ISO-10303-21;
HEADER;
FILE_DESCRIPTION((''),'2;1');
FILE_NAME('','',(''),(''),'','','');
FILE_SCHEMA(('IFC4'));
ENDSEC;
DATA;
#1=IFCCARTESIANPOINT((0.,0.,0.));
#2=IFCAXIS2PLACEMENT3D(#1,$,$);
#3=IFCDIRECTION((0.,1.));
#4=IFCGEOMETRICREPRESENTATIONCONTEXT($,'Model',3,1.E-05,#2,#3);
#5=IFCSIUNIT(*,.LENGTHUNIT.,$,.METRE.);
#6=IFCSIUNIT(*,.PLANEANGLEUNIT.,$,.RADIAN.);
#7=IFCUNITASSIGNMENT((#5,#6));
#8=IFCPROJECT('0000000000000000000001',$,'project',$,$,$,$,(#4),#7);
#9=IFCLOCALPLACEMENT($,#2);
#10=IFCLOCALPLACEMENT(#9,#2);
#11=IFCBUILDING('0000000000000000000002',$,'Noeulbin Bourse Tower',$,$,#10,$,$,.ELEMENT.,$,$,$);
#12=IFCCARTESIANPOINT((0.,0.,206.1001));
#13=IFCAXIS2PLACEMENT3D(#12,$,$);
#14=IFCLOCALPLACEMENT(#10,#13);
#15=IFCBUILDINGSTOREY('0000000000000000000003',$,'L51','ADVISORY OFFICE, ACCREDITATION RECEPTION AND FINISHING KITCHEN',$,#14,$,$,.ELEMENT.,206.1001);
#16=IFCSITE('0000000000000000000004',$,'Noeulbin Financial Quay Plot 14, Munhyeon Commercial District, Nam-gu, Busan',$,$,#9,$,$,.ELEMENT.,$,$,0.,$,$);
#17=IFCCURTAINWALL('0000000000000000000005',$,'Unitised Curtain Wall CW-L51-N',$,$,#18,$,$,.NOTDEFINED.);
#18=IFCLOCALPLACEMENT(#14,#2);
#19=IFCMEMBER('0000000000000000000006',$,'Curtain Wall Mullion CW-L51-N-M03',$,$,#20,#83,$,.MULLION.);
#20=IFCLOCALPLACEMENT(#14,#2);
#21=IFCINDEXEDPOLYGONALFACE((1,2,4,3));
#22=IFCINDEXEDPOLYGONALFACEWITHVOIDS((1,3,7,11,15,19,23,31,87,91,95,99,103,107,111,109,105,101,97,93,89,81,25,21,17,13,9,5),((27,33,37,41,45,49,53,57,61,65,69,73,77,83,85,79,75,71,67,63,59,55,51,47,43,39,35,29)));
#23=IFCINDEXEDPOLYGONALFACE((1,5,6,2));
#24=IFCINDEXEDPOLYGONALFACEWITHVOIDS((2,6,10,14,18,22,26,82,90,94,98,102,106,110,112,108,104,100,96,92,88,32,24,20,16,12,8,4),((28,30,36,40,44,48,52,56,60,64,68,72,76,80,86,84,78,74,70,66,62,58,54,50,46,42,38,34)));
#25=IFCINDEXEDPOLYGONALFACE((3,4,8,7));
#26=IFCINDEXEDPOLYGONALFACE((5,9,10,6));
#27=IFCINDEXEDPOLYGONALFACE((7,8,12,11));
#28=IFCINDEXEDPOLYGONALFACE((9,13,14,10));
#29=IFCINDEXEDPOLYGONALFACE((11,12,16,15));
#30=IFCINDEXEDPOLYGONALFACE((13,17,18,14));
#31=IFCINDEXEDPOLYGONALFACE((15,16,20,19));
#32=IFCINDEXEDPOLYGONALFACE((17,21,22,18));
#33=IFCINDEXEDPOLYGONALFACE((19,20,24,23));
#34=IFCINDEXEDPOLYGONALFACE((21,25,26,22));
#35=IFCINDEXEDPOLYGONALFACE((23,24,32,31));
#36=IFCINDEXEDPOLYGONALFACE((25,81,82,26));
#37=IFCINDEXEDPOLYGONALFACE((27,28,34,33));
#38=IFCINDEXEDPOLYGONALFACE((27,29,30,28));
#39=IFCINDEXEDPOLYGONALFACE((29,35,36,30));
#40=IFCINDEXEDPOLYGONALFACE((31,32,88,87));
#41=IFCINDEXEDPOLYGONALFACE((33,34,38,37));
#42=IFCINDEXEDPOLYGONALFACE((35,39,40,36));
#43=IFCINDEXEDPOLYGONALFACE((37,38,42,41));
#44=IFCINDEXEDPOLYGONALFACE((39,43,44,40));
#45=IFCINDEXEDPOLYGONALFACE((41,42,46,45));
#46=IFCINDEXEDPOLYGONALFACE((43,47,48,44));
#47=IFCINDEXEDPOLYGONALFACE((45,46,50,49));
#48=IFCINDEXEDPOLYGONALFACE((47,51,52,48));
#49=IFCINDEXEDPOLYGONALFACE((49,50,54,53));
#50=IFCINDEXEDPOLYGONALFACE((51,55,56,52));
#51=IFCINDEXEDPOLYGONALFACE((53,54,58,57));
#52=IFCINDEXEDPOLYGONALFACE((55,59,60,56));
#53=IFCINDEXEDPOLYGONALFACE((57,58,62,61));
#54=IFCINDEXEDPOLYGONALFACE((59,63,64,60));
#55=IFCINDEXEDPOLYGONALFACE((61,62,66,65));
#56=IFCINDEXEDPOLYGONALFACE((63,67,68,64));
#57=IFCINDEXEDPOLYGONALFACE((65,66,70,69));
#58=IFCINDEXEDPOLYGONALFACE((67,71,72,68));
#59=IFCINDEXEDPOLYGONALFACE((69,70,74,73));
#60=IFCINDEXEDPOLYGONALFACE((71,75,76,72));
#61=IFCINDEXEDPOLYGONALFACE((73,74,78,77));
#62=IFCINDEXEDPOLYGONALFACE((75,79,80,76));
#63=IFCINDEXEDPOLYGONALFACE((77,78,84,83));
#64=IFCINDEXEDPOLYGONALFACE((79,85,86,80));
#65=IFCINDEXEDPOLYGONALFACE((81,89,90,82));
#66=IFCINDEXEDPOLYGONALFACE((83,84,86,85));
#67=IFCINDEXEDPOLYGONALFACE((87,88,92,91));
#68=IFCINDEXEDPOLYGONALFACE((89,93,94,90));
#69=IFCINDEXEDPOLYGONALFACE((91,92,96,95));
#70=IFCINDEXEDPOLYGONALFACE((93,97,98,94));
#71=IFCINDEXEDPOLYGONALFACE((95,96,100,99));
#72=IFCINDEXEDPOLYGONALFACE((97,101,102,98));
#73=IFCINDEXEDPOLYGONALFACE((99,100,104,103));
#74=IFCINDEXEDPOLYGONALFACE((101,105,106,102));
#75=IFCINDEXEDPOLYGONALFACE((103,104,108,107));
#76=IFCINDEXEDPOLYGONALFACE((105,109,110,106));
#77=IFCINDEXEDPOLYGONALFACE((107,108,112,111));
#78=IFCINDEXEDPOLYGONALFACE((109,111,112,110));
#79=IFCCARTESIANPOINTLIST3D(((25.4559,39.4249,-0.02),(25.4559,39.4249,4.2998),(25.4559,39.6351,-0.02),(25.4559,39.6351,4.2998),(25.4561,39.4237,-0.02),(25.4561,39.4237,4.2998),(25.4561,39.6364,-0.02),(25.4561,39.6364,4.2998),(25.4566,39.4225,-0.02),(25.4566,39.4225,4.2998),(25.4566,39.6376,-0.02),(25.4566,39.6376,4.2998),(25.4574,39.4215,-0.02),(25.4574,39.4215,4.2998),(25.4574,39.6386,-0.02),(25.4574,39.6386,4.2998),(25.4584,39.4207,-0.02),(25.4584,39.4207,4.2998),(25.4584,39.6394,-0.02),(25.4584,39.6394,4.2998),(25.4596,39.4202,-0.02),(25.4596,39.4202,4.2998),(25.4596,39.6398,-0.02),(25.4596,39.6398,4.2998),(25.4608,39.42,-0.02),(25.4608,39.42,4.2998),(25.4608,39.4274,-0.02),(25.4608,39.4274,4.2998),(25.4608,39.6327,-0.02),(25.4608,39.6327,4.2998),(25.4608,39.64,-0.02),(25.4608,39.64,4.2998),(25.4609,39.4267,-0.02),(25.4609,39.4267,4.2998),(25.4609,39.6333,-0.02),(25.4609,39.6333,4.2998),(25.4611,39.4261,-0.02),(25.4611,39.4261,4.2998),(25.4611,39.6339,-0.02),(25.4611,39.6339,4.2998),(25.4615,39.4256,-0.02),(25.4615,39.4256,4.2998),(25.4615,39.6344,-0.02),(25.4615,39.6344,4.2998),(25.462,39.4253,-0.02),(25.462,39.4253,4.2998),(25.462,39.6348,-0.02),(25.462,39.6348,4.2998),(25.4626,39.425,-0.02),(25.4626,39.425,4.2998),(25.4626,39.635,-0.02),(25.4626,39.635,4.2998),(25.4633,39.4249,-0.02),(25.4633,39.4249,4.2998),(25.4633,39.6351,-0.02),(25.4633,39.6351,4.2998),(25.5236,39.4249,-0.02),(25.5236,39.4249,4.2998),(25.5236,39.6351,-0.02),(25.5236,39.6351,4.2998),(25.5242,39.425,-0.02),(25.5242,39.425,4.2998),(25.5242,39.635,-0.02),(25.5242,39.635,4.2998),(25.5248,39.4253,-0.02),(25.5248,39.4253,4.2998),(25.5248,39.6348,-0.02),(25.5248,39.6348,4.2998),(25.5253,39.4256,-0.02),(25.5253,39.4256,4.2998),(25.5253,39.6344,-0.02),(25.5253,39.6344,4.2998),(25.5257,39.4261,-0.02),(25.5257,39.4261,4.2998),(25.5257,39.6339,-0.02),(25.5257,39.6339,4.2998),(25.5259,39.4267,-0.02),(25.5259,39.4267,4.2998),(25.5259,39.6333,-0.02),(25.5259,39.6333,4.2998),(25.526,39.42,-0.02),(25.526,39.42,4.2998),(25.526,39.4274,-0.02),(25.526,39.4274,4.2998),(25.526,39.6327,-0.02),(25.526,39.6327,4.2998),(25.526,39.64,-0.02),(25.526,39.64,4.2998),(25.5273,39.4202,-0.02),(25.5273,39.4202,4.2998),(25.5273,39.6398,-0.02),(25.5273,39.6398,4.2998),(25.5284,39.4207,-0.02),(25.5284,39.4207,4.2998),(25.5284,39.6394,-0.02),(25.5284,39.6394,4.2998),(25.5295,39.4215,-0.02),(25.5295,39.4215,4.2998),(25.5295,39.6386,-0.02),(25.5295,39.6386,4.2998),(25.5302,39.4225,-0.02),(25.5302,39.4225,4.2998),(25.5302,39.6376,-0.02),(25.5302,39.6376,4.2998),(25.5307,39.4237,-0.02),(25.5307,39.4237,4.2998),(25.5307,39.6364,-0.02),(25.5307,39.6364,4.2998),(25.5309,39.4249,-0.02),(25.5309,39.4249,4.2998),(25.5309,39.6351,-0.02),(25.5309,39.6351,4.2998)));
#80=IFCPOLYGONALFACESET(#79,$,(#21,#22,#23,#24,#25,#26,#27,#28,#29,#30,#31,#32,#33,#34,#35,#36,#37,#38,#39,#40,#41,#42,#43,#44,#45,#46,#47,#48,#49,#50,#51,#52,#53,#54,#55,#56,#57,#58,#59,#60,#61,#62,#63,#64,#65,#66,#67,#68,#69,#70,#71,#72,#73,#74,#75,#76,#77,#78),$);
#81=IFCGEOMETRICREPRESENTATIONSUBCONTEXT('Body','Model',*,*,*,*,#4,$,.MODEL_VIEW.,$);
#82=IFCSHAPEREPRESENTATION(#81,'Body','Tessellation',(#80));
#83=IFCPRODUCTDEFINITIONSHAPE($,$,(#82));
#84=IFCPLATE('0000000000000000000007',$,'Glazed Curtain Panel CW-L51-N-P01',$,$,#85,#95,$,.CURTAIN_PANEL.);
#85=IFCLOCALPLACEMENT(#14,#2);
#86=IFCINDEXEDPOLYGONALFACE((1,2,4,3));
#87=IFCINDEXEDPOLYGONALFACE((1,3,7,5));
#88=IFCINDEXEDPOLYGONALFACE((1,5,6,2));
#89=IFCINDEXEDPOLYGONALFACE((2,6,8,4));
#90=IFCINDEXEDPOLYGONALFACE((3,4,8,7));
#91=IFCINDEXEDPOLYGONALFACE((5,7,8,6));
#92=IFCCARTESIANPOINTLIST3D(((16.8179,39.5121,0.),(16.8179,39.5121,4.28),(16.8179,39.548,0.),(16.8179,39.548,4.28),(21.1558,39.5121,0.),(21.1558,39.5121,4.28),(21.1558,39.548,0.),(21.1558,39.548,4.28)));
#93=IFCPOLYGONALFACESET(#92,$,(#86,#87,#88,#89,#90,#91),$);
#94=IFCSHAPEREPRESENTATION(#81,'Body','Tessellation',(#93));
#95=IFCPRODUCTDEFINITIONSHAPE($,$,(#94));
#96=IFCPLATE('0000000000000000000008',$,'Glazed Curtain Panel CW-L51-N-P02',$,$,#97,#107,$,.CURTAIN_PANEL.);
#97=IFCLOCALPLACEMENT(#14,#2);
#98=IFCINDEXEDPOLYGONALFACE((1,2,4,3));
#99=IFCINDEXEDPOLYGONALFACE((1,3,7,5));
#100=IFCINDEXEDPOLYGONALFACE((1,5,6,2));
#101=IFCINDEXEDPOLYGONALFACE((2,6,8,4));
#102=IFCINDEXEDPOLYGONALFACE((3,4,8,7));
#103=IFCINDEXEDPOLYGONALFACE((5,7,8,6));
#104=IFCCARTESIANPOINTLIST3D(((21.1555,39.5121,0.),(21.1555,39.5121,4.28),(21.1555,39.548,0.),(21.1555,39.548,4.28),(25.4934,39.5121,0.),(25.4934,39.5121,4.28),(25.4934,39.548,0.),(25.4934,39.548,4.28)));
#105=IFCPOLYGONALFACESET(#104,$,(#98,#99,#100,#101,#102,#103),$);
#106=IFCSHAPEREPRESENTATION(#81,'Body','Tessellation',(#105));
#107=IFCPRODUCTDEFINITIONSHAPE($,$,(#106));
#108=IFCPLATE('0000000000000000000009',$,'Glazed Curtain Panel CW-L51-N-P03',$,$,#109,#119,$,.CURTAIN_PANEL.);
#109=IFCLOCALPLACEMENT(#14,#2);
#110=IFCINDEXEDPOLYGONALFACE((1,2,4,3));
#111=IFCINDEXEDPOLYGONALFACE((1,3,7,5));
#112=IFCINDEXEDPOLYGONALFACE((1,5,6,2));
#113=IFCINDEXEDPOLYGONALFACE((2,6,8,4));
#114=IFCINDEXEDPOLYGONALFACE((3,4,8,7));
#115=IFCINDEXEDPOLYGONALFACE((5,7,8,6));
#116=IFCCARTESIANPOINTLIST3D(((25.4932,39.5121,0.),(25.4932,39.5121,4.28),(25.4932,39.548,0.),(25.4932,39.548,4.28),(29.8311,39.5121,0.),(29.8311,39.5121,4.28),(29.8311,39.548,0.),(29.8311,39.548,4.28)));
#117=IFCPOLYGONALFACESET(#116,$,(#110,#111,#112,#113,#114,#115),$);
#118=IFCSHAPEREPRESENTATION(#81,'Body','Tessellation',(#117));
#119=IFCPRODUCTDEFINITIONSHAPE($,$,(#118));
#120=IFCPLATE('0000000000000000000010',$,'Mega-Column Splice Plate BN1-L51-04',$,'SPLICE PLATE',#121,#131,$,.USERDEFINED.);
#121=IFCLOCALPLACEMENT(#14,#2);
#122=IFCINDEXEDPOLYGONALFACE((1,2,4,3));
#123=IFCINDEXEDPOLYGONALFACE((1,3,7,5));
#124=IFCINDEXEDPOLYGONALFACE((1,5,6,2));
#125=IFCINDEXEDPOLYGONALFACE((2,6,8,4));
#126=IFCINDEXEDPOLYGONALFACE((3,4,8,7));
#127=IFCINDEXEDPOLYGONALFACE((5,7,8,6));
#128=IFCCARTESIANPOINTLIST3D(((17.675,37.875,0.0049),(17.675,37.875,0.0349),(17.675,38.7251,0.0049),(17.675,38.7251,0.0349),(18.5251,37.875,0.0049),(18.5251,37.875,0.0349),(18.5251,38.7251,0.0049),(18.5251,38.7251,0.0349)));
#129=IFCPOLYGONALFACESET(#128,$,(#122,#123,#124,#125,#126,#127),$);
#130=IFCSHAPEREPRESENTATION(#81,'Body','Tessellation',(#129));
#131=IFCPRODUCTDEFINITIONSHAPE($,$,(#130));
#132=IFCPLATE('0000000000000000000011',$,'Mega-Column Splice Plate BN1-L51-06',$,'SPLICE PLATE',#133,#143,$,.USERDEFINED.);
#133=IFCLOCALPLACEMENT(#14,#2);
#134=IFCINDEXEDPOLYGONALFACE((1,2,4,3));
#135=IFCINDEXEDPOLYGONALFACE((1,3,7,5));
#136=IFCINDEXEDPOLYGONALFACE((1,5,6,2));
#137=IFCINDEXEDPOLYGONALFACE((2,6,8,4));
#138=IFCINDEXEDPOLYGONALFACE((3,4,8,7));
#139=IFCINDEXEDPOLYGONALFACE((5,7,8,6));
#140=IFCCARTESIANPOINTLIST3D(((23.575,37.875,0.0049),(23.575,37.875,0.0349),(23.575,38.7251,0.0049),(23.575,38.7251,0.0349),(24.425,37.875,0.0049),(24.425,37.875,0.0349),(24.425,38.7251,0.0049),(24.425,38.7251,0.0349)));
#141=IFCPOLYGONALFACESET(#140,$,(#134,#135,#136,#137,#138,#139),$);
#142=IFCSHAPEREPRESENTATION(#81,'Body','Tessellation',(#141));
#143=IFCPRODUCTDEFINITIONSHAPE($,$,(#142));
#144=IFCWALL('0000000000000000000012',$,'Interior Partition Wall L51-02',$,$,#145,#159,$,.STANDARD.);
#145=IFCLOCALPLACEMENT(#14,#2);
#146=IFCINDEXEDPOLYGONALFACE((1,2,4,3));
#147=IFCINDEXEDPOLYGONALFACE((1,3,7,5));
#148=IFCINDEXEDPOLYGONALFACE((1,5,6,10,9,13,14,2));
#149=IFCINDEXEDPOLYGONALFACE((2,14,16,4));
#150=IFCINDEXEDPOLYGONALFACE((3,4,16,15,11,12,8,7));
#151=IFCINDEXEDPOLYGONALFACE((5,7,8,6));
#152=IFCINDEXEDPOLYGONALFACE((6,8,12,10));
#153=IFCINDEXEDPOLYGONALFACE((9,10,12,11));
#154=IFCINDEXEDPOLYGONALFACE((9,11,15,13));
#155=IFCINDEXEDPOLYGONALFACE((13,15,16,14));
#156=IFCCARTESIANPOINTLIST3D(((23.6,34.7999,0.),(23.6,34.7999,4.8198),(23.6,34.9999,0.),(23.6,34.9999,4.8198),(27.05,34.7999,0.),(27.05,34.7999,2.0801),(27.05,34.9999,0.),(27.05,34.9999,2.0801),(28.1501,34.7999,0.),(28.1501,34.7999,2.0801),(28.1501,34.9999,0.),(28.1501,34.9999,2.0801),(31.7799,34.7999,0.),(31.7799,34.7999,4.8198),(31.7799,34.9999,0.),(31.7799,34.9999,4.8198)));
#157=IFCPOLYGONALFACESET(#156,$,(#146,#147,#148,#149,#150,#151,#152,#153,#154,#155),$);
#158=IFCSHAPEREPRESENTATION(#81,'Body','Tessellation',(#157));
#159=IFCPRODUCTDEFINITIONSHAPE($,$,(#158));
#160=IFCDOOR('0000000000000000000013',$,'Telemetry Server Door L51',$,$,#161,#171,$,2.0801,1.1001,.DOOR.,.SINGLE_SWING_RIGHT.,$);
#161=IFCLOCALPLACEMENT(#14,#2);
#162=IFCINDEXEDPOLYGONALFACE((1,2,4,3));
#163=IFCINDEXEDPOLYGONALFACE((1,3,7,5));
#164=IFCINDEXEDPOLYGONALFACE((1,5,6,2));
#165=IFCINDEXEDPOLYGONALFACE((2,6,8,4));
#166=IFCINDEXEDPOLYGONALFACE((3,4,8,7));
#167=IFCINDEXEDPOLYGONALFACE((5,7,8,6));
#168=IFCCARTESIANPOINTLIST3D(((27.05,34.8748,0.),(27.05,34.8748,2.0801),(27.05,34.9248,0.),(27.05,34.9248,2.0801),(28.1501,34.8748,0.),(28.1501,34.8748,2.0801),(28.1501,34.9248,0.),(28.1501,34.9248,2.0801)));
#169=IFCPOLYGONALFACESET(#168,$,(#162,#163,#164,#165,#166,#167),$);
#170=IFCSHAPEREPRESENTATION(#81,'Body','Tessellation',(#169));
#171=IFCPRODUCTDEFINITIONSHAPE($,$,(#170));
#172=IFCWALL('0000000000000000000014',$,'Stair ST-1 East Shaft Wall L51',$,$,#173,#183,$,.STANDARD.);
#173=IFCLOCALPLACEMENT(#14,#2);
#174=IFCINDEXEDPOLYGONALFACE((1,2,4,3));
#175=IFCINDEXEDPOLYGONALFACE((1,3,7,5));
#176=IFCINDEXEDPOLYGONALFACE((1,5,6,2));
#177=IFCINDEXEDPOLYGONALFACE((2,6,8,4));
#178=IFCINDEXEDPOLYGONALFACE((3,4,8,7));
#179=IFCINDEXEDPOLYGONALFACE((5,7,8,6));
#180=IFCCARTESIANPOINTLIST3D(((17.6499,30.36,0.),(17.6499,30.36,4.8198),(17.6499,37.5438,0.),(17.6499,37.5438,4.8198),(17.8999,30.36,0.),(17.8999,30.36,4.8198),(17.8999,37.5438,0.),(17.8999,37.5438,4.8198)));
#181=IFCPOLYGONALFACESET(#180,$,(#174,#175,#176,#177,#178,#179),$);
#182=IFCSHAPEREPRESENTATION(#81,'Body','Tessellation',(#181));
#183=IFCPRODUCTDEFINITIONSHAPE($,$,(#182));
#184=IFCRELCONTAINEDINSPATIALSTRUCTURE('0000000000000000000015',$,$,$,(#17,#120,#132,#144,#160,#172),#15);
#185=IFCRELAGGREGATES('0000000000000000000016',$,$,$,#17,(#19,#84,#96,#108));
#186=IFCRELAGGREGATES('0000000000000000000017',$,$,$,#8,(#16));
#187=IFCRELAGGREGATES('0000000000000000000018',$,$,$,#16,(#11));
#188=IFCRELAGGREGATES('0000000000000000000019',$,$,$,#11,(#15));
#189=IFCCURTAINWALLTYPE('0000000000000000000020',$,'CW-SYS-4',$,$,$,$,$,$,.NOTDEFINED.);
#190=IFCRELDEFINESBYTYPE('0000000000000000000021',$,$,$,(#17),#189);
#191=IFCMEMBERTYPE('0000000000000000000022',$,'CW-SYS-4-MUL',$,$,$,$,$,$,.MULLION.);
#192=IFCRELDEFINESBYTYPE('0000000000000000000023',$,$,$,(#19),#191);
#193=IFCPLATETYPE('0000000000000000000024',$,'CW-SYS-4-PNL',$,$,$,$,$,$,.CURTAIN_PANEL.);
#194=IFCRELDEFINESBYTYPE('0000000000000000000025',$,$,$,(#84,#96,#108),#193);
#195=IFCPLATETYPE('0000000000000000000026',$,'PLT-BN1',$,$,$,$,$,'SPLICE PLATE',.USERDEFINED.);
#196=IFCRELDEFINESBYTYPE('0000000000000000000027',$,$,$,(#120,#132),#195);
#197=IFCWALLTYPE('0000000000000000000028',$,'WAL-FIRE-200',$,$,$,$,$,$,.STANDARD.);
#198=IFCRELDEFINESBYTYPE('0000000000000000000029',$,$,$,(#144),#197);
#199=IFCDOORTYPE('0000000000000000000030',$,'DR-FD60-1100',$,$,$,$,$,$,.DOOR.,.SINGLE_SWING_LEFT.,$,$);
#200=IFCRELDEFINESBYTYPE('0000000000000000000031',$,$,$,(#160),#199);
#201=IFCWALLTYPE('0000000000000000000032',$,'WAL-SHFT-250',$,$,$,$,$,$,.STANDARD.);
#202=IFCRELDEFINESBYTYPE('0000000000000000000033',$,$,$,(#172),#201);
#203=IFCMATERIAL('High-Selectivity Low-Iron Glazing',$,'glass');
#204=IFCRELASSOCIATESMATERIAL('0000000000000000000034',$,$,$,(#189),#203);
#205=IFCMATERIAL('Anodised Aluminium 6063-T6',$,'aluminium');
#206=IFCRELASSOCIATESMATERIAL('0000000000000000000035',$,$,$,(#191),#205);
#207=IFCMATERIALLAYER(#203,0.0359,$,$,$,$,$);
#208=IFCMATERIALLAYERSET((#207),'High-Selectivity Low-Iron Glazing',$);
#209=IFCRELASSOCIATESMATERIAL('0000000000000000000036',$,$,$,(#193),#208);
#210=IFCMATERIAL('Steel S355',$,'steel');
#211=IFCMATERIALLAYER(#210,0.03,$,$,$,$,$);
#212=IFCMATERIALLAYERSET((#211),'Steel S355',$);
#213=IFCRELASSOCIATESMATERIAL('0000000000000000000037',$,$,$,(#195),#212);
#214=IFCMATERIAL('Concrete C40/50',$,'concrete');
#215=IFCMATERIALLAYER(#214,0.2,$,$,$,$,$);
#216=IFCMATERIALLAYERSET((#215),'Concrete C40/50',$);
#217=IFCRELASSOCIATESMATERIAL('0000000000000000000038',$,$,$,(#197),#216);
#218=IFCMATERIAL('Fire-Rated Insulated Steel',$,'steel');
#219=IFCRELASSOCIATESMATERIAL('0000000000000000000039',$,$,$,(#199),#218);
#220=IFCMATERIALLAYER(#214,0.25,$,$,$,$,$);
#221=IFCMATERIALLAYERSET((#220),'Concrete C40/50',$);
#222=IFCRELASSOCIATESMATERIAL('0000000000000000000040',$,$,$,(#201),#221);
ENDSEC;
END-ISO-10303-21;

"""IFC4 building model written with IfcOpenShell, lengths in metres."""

from ifc_helpers import new_model, si_unit, direction, frame, frame_2d, origin, origin_2d, place, context, subcontext, project, spatial, rectangle, hollow_rectangle, extrude, material, layer, layer_set, material_profile, profile_set, type_object, element, fill, aggregate, save


model = new_model("IFC4")

# Units and contexts
model_context = context("Model", 3, precision=1e-05, world=origin(), true_north=direction((0.0, 1.0)))
body_context = subcontext(model_context, "Body", "Model", "MODEL_VIEW")
ifc_project = project(units=[si_unit("LENGTHUNIT", "METRE"), si_unit("PLANEANGLEUNIT", "RADIAN")], contexts=[model_context])

# Site, building, storey
site_placement = place(None, origin())
site = spatial("IfcSite", under=ifc_project, at=site_placement, Name="Noeulbin Financial Quay Plot 14, Munhyeon Commercial District, Nam-gu, Busan", CompositionType="ELEMENT", RefElevation=0.0)
building_placement = place(site_placement, origin())
building = spatial("IfcBuilding", under=site, at=building_placement, Name="Noeulbin Bourse Tower", CompositionType="ELEMENT")
storey_placement = place(building_placement, frame((0.0, 0.0, 206.1001)))
storey = spatial("IfcBuildingStorey", under=building, at=storey_placement, Name="L51", Description="ADVISORY OFFICE, ACCREDITATION RECEPTION AND FINISHING KITCHEN", CompositionType="ELEMENT", Elevation=206.1001)

# Shared definitions
ifc_material_1 = material(Name="Steel S355", Category="steel")

# Curtain wall, member, plates
ifc_material_2 = material(Name="High-Selectivity Low-Iron Glazing", Category="glass")
curtain_wall_type = type_object("IfcCurtainWallType", Name="CW-SYS-4", PredefinedType="NOTDEFINED", material=ifc_material_2)
curtain_wall_placement = place(storey_placement, origin())
curtain_wall = element("IfcCurtainWall", 1, at=curtain_wall_placement, inside=storey, type_object=curtain_wall_type, Name="Unitised Curtain Wall CW-L51-N", PredefinedType="NOTDEFINED")
ifc_material_3 = material(Name="Anodised Aluminium 6063-T6", Category="aluminium")
ifc_material_profile_1 = material_profile(ifc_material_3, hollow_rectangle(XDim=0.075, YDim=0.22, WallThickness=0.0049, InnerFilletRadius=0.0024, OuterFilletRadius=0.0049, at=origin_2d()), Name="ALU-MULL-75x220x5", Category="LoadBearing")
ifc_profile_set_1 = profile_set([ifc_material_profile_1], Name="Anodised Aluminium 6063-T6")
member_type = type_object("IfcMemberType", Name="CW-SYS-4-MUL", PredefinedType="MULLION", material=ifc_profile_set_1)
member_1_placement = place(storey_placement, frame((25.4934, 39.53, -0.02), z_axis=(0.0, 0.0, 1.0), x_axis=(1.0, 0.0, 0.0)))
member_1 = element("IfcMember", 2, at=member_1_placement, type_object=member_type, Name="Curtain Wall Mullion CW-L51-N-M03", PredefinedType="MULLION", context=body_context, shape_type="SweptSolid", body=[
    extrude(hollow_rectangle(XDim=0.075, YDim=0.22, WallThickness=0.0049, InnerFilletRadius=0.0024, OuterFilletRadius=0.0049, at=origin_2d()), origin(), (0.0, 0.0, 1.0), 4.3198),
])
ifc_layer_1 = layer(ifc_material_2, 0.0359)
ifc_layer_set_1 = layer_set([ifc_layer_1], Name="High-Selectivity Low-Iron Glazing")
plate_type_1 = type_object("IfcPlateType", Name="CW-SYS-4-PNL", PredefinedType="CURTAIN_PANEL", material=ifc_layer_set_1)
plate_1_placement = place(storey_placement, frame((18.9868, 39.53, 0.0), z_axis=(0.0, 0.0, 1.0), x_axis=(1.0, 0.0, 0.0)))
plate_1 = element("IfcPlate", 3, at=plate_1_placement, type_object=plate_type_1, Name="Glazed Curtain Panel CW-L51-N-P01", PredefinedType="CURTAIN_PANEL", context=body_context, shape_type="SweptSolid", body=[
    extrude(rectangle(XDim=4.3379, YDim=0.0359, at=origin_2d()), origin(), (0.0, 0.0, 1.0), 4.28),
])
plate_2_placement = place(storey_placement, frame((23.3245, 39.53, 0.0), z_axis=(0.0, 0.0, 1.0), x_axis=(1.0, 0.0, 0.0)))
plate_2 = element("IfcPlate", 4, at=plate_2_placement, type_object=plate_type_1, Name="Glazed Curtain Panel CW-L51-N-P02", PredefinedType="CURTAIN_PANEL", context=body_context, shape_type="SweptSolid", body=[
    extrude(rectangle(XDim=4.3379, YDim=0.0359, at=origin_2d()), origin(), (0.0, 0.0, 1.0), 4.28),
])
plate_3_placement = place(storey_placement, frame((27.6621, 39.53, 0.0), z_axis=(0.0, 0.0, 1.0), x_axis=(1.0, 0.0, 0.0)))
plate_3 = element("IfcPlate", 5, at=plate_3_placement, type_object=plate_type_1, Name="Glazed Curtain Panel CW-L51-N-P03", PredefinedType="CURTAIN_PANEL", context=body_context, shape_type="SweptSolid", body=[
    extrude(rectangle(XDim=4.3379, YDim=0.0359, at=origin_2d()), origin(), (0.0, 0.0, 1.0), 4.28),
])
aggregate(curtain_wall, [member_1, plate_1, plate_2, plate_3])

# Plates
ifc_layer_2 = layer(ifc_material_1, 0.03)
ifc_layer_set_2 = layer_set([ifc_layer_2], Name="Steel S355")
plate_type_2 = type_object("IfcPlateType", Name="PLT-BN1", ElementType="SPLICE PLATE", PredefinedType="USERDEFINED", material=ifc_layer_set_2)
for number, where, z_axis, x_axis, name in (
    (6, (18.1001, 38.3, 0.0049), (0.0, 0.0, 1.0), (1.0, 0.0, 0.0), "Mega-Column Splice Plate BN1-L51-04"),
    (7, (24.0, 38.3, 0.0049), (0.0, 0.0, 1.0), (1.0, 0.0, 0.0), "Mega-Column Splice Plate BN1-L51-06"),
):
    element("IfcPlate", number, at=place(storey_placement, frame(where, z_axis=z_axis, x_axis=x_axis)), inside=storey, type_object=plate_type_2, Name=name, ObjectType="SPLICE PLATE", PredefinedType="USERDEFINED", context=body_context, shape_type="SweptSolid", body=[
        extrude(rectangle(XDim=0.8501, YDim=0.8501, at=origin_2d()), origin(), (0.0, 0.0, 1.0), 0.03),
    ])

# Wall, opening, door
ifc_material_4 = material(Name="Concrete C40/50", Category="concrete")
ifc_layer_3 = layer(ifc_material_4, 0.2)
ifc_layer_set_3 = layer_set([ifc_layer_3], Name="Concrete C40/50")
wall_type_1 = type_object("IfcWallType", Name="WAL-FIRE-200", PredefinedType="STANDARD", material=ifc_layer_set_3)
wall_1_placement = place(storey_placement, frame((23.6001, 34.8999, 0.0), z_axis=(0.0, 0.0, 1.0), x_axis=(1.0, 0.0, 0.0)))
wall_1 = element("IfcWall", 8, at=wall_1_placement, inside=storey, type_object=wall_type_1, Name="Interior Partition Wall L51-02", PredefinedType="STANDARD", context=body_context, shape_type="SweptSolid", body=[
    extrude(rectangle(XDim=8.1799, YDim=0.2, at=frame_2d((4.0898, 0.0))), origin(), (0.0, 0.0, 1.0), 4.8198),
])
opening_1_placement = place(wall_1_placement, frame((3.45, 0.0, 0.0)))
opening_1 = element("IfcOpeningElement", 9, at=opening_1_placement, cuts=wall_1, PredefinedType="OPENING", context=body_context, shape_type="SweptSolid", body=[
    extrude(rectangle(XDim=1.1001, YDim=2.0801, at=frame_2d((0.55, 1.04))), frame((0.0, 0.1099, 0.0), z_axis=(0.0, -1.0, 0.0), x_axis=(1.0, 0.0, 0.0)), (0.0, 0.0, 1.0), 0.22),
])
ifc_material_5 = material(Name="Fire-Rated Insulated Steel", Category="steel")
door_type_1 = type_object("IfcDoorType", Name="DR-FD60-1100", OperationType="SINGLE_SWING_LEFT", PredefinedType="DOOR", material=ifc_material_5)
door_1_placement = place(opening_1_placement, origin())
door_1 = element("IfcDoor", 10, at=door_1_placement, inside=storey, type_object=door_type_1, Name="Telemetry Server Door L51", OperationType="SINGLE_SWING_RIGHT", OverallHeight=2.0801, OverallWidth=1.1001, PredefinedType="DOOR", context=body_context, shape_type="SweptSolid", body=[
    extrude(rectangle(XDim=1.1001, YDim=2.0801, at=frame_2d((0.55, 1.04))), frame((0.0, 0.0249, 0.0), z_axis=(0.0, -1.0, 0.0), x_axis=(1.0, 0.0, 0.0)), (0.0, 0.0, 1.0), 0.05),
])
fill(opening_1, door_1)

# Wall
ifc_layer_4 = layer(ifc_material_4, 0.25)
ifc_layer_set_4 = layer_set([ifc_layer_4], Name="Concrete C40/50")
wall_type_2 = type_object("IfcWallType", Name="WAL-SHFT-250", PredefinedType="STANDARD", material=ifc_layer_set_4)
wall_2_placement = place(storey_placement, frame((17.7749, 30.3601, 0.0), z_axis=(0.0, 0.0, 1.0), x_axis=(0.0, 1.0, 0.0)))
element("IfcWall", 11, at=wall_2_placement, inside=storey, type_object=wall_type_2, Name="Stair ST-1 East Shaft Wall L51", PredefinedType="STANDARD", context=body_context, shape_type="SweptSolid", body=[
    extrude(rectangle(XDim=7.1838, YDim=0.25, at=frame_2d((3.5918, 0.0))), origin(), (0.0, 0.0, 1.0), 4.8198),
])

save(model, "model.ifc")
